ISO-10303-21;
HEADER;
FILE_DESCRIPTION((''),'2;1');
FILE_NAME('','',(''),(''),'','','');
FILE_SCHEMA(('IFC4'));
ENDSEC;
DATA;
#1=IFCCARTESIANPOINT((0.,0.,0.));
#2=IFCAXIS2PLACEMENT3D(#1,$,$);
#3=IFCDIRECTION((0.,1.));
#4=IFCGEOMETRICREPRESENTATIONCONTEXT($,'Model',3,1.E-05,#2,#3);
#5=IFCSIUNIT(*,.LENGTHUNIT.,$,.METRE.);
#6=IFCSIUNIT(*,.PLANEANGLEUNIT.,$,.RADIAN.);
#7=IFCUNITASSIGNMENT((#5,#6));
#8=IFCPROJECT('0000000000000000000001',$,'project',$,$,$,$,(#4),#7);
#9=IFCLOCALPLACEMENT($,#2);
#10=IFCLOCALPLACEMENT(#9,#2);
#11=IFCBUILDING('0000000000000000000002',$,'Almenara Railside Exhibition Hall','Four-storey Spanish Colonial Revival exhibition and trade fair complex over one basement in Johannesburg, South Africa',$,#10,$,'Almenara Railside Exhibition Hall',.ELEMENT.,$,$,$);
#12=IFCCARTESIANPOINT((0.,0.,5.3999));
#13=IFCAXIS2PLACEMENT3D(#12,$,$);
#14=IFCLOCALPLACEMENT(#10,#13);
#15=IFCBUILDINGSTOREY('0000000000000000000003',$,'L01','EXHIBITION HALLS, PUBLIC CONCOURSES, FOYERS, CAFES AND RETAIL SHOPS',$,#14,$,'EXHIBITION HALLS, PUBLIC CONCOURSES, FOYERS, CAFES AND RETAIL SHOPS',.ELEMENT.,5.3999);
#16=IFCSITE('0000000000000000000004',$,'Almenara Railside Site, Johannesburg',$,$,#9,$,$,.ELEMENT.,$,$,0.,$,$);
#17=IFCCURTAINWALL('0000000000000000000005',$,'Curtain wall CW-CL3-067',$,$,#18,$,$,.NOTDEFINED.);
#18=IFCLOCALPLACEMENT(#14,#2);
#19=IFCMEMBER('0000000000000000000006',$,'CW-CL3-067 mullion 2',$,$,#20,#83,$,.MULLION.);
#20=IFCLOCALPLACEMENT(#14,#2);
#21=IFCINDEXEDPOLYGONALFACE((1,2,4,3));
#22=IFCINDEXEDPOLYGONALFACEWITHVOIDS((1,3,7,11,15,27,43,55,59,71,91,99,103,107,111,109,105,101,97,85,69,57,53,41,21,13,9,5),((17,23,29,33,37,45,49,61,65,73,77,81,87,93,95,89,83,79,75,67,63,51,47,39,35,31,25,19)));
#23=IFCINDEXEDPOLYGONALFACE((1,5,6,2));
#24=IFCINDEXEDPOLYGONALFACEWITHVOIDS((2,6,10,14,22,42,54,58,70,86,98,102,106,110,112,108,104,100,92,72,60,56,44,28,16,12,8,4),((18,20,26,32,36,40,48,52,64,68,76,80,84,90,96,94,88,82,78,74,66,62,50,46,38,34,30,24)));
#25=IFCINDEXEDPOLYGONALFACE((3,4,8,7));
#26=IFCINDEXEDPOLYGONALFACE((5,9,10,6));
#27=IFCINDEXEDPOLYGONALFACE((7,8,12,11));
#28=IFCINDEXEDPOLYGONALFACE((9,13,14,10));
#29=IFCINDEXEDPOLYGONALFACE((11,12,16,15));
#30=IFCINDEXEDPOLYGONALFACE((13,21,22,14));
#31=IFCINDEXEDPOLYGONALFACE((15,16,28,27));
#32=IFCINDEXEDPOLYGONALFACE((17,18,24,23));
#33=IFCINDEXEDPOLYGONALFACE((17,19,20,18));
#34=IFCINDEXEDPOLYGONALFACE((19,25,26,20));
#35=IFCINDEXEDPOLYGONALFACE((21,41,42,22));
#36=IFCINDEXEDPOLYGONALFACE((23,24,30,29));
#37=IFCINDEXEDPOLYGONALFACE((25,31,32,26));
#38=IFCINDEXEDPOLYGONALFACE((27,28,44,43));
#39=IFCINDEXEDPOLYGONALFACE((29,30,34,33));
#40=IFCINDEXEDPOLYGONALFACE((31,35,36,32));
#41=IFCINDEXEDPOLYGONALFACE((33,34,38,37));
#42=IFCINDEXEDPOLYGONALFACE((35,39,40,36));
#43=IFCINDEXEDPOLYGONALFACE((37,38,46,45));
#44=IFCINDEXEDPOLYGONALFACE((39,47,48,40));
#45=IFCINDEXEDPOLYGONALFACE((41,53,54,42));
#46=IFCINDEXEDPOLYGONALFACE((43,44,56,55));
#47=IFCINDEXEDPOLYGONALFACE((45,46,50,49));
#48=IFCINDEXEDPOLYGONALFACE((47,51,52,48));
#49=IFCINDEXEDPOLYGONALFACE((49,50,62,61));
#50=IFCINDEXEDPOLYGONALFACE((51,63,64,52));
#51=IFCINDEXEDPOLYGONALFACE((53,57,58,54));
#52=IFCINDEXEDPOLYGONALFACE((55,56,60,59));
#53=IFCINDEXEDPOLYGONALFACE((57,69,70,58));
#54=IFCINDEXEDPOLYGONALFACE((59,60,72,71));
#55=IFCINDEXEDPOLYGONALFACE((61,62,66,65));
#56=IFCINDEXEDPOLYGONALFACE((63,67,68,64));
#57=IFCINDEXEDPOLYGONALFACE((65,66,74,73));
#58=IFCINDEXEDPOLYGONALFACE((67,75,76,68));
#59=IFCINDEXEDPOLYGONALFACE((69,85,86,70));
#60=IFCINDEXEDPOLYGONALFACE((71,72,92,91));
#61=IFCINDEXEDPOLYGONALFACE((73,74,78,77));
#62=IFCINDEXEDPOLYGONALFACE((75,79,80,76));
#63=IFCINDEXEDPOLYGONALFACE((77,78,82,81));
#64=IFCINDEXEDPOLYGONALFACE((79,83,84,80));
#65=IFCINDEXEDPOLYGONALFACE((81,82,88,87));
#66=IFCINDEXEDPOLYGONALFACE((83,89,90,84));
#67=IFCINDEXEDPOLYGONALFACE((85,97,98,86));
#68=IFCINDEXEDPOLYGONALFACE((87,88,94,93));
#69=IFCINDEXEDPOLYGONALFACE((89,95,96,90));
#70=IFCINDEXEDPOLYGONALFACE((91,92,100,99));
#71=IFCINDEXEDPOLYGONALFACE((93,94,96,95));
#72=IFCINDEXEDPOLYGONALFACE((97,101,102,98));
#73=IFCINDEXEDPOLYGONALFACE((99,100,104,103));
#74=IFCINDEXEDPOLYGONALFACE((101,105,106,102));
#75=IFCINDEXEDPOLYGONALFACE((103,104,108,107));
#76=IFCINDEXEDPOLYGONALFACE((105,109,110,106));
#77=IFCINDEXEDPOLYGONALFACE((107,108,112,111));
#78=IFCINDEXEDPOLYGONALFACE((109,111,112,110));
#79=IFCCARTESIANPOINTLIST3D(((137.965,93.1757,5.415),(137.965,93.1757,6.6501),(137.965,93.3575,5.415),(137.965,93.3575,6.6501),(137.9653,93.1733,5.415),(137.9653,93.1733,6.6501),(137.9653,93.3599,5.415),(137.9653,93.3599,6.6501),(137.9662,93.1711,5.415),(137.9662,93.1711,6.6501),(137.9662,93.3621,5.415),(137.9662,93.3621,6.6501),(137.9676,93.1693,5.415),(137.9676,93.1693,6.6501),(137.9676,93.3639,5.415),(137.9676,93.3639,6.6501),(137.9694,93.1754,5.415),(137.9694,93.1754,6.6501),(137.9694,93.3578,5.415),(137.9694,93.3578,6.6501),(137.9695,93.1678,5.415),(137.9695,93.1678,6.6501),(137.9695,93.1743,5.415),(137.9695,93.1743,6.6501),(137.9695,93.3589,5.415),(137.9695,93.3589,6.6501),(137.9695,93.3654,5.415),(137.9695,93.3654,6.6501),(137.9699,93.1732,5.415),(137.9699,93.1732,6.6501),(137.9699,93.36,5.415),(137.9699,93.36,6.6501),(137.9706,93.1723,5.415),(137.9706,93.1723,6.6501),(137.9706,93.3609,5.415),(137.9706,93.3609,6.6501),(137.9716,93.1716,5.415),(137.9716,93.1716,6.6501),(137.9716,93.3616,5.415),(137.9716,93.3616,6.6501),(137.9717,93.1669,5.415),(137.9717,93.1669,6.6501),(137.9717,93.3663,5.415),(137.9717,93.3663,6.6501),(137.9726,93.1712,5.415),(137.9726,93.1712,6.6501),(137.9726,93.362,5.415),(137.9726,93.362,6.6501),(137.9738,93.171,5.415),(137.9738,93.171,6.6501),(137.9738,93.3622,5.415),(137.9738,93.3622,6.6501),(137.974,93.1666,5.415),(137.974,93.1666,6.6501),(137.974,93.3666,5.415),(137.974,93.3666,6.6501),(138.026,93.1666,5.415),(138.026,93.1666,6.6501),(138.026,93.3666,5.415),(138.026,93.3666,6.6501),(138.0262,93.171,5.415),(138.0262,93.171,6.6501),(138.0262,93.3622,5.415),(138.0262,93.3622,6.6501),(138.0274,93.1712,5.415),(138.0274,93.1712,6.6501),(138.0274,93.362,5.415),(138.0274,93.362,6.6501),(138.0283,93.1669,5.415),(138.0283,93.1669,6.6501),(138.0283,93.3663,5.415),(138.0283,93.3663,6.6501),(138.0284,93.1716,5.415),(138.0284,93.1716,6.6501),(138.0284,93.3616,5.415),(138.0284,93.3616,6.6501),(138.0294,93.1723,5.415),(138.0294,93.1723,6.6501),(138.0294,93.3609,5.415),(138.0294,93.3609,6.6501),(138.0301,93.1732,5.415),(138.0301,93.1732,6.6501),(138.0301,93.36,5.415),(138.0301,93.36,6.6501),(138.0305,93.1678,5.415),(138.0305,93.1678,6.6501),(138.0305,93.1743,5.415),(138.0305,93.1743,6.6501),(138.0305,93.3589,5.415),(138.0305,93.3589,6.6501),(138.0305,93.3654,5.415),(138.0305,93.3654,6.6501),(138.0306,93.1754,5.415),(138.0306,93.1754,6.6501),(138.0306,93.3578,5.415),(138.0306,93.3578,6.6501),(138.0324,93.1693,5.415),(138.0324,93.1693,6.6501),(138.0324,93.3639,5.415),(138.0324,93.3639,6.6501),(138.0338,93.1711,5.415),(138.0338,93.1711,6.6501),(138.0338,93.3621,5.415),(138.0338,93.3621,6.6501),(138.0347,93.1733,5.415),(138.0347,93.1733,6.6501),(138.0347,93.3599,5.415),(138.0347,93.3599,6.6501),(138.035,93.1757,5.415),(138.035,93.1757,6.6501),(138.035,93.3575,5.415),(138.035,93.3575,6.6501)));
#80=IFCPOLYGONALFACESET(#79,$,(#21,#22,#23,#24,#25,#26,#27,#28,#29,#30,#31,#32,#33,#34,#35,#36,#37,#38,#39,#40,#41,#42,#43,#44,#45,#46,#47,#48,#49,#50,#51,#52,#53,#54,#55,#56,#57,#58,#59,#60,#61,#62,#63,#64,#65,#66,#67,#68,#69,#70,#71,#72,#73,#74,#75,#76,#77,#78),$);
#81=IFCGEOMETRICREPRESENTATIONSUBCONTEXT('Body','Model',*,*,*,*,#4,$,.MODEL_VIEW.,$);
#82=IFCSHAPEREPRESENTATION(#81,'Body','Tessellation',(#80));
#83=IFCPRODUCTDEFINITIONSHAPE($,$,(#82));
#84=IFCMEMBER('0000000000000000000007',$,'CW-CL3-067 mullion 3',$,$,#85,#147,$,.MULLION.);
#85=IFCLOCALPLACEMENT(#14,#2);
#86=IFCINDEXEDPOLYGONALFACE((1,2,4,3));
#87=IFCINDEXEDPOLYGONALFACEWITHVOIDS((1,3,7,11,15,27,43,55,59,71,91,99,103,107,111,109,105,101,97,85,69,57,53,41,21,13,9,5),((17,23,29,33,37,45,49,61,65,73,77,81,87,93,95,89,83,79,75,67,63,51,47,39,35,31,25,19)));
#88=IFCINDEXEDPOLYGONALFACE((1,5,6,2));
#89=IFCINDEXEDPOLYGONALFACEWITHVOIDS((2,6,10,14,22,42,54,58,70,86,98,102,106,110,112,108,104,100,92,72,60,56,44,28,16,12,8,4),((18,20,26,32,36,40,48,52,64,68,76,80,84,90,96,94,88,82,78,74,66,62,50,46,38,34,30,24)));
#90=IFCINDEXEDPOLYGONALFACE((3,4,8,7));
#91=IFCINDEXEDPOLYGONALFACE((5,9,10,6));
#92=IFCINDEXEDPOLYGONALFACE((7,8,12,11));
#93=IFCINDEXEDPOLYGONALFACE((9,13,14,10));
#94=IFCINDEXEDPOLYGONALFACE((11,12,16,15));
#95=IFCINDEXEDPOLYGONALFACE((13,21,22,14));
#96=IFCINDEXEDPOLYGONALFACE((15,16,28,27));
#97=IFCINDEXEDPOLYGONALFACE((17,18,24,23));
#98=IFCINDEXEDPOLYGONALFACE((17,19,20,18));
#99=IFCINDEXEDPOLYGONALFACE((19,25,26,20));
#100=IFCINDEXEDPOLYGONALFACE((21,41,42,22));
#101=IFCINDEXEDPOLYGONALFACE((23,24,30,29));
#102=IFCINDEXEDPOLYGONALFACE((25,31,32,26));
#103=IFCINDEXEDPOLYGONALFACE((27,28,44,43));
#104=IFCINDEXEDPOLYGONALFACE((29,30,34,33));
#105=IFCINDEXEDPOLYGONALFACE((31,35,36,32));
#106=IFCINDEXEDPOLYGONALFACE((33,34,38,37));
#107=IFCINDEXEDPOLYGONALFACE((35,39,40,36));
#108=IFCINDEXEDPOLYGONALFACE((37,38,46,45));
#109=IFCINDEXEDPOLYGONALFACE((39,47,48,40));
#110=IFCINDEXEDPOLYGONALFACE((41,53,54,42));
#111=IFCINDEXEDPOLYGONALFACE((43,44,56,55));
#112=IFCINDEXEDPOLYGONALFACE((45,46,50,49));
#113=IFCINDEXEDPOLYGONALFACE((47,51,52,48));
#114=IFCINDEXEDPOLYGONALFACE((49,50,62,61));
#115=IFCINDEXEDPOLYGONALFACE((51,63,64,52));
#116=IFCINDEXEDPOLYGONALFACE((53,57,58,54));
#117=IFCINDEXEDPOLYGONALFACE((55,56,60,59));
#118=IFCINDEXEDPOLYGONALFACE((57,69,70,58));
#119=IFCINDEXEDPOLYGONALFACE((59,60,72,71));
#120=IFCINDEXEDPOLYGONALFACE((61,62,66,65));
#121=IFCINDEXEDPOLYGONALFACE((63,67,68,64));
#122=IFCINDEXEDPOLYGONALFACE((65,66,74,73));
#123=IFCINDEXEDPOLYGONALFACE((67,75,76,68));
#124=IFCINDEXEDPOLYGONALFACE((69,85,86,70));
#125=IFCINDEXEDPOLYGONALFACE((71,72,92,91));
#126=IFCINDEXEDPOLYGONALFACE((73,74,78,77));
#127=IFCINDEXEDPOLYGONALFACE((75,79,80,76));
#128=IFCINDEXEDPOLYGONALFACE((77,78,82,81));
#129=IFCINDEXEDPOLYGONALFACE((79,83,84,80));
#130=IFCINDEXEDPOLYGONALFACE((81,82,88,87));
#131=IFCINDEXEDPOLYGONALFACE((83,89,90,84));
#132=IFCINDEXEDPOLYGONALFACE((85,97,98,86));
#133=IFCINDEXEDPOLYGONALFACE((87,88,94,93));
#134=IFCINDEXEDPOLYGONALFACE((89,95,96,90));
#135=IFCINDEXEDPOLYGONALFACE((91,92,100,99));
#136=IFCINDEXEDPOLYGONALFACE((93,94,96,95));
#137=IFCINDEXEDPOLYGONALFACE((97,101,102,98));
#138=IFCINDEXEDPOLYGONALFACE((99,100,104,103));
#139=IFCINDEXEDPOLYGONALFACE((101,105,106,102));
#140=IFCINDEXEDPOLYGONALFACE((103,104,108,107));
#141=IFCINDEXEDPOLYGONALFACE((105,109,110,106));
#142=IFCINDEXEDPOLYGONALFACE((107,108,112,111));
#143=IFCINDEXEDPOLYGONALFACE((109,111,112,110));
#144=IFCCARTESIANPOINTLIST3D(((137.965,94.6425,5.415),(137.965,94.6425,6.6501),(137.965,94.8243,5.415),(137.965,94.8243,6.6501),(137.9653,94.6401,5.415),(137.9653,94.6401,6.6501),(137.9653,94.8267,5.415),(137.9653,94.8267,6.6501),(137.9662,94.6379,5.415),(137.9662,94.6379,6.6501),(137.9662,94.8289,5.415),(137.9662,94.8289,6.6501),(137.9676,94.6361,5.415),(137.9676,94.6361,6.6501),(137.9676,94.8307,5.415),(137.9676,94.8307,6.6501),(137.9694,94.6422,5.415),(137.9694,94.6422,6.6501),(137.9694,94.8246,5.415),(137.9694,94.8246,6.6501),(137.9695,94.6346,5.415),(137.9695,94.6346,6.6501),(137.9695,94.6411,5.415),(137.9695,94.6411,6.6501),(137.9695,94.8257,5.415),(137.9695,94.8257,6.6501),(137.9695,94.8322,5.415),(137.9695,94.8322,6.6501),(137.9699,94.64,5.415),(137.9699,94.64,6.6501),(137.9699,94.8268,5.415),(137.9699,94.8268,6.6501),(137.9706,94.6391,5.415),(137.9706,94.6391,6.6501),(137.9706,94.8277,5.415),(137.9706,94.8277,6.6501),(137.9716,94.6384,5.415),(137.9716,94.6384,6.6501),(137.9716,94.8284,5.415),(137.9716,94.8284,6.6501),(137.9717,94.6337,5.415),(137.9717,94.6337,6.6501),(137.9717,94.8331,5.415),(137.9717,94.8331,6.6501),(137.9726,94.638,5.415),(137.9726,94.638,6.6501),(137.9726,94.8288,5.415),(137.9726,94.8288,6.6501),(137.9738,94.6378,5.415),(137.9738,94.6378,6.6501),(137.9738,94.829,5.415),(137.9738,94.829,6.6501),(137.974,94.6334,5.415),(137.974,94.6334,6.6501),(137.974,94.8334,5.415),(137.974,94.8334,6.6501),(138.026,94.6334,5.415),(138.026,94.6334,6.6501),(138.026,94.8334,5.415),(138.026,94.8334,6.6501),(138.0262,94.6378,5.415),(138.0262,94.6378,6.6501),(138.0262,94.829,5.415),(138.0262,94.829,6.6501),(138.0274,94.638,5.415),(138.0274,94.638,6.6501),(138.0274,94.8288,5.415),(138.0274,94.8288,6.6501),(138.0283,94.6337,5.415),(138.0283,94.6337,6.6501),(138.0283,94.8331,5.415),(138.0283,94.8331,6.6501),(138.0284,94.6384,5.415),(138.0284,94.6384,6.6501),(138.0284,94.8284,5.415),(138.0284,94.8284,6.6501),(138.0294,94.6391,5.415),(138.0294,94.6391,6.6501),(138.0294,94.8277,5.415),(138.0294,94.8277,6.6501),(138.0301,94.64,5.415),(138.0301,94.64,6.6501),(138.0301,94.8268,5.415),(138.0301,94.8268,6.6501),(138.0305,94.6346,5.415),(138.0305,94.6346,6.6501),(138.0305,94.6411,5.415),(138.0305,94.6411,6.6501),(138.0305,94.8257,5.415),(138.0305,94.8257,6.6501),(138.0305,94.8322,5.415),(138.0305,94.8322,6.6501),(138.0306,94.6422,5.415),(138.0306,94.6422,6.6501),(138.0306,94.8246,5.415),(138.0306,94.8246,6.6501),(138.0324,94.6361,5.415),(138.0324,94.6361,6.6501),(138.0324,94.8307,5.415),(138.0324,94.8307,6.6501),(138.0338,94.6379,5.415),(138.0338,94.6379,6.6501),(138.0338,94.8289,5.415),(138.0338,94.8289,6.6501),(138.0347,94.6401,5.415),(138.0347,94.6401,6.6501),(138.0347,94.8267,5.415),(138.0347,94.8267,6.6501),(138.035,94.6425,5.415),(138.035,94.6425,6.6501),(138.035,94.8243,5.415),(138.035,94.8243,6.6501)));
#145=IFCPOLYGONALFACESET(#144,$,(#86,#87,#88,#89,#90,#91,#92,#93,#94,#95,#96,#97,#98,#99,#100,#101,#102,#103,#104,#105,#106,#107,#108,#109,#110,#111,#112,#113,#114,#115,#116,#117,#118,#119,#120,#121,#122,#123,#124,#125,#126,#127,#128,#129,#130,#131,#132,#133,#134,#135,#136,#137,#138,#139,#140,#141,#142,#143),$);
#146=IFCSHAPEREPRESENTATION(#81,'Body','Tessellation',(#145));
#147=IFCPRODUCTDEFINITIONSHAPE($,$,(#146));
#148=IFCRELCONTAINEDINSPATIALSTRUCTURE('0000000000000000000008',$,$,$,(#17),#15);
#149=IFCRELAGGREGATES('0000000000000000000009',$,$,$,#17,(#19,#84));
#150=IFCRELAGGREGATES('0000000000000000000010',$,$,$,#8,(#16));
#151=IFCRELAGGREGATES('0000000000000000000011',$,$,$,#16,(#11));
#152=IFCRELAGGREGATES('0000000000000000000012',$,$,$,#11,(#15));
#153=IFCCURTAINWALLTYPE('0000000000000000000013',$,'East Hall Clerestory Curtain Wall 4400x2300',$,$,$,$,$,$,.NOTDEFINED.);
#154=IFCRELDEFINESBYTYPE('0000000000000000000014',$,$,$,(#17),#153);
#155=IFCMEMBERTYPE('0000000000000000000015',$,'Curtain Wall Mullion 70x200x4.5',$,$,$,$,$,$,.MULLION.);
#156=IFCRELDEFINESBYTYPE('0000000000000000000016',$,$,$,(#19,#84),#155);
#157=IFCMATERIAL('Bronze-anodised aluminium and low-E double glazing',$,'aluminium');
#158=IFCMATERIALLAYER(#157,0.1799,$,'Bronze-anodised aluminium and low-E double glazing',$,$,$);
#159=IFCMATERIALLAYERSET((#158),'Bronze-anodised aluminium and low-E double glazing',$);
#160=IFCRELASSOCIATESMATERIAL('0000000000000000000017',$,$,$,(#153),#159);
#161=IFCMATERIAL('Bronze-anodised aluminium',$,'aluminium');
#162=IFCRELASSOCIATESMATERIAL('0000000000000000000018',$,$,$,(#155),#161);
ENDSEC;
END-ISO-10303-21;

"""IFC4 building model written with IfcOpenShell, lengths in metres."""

from ifc_helpers import new_model, si_unit, direction, frame, origin, origin_2d, place, context, subcontext, project, spatial, hollow_rectangle, extrude, material, layer, layer_set, material_profile, profile_set, type_object, element, aggregate, save


model = new_model("IFC4")

# Units and contexts
model_context = context("Model", 3, precision=1e-05, world=origin(), true_north=direction((0.0, 1.0)))
body_context = subcontext(model_context, "Body", "Model", "MODEL_VIEW")
ifc_project = project(units=[si_unit("LENGTHUNIT", "METRE"), si_unit("PLANEANGLEUNIT", "RADIAN")], contexts=[model_context])

# Site, building, storey
site_placement = place(None, origin())
site = spatial("IfcSite", under=ifc_project, at=site_placement, Name="Almenara Railside Site, Johannesburg", CompositionType="ELEMENT", RefElevation=0.0)
building_placement = place(site_placement, origin())
building = spatial("IfcBuilding", under=site, at=building_placement, Name="Almenara Railside Exhibition Hall", Description="Four-storey Spanish Colonial Revival exhibition and trade fair complex over one basement in Johannesburg, South Africa", LongName="Almenara Railside Exhibition Hall", CompositionType="ELEMENT")
storey_placement = place(building_placement, frame((0.0, 0.0, 5.3999)))
storey = spatial("IfcBuildingStorey", under=building, at=storey_placement, Name="L01", Description="EXHIBITION HALLS, PUBLIC CONCOURSES, FOYERS, CAFES AND RETAIL SHOPS", LongName="EXHIBITION HALLS, PUBLIC CONCOURSES, FOYERS, CAFES AND RETAIL SHOPS", CompositionType="ELEMENT", Elevation=5.3999)

# Shared definitions
ifc_material_1 = material(Name="Bronze-anodised aluminium and low-E double glazing", Category="aluminium")
ifc_material_2 = material(Name="Bronze-anodised aluminium", Category="aluminium")

# Curtain wall, members
ifc_layer_1 = layer(ifc_material_1, 0.1799, Name="Bronze-anodised aluminium and low-E double glazing")
ifc_layer_set_1 = layer_set([ifc_layer_1], Name="Bronze-anodised aluminium and low-E double glazing")
curtain_wall_type_1 = type_object("IfcCurtainWallType", Name="East Hall Clerestory Curtain Wall 4400x2300", PredefinedType="NOTDEFINED", material=ifc_layer_set_1)
curtain_wall_1_placement = place(storey_placement, origin())
curtain_wall_1 = element("IfcCurtainWall", 1, at=curtain_wall_1_placement, inside=storey, type_object=curtain_wall_type_1, Name="Curtain wall CW-CL3-067", PredefinedType="NOTDEFINED")
ifc_material_profile_1 = material_profile(ifc_material_2, hollow_rectangle(XDim=0.0701, YDim=0.2, WallThickness=0.0044, InnerFilletRadius=0.0044, OuterFilletRadius=0.009, at=origin_2d()), Name="ALU-MUL 70x200x4.5")
ifc_profile_set_1 = profile_set([ifc_material_profile_1], Name="Bronze-anodised aluminium")
member_type_1 = type_object("IfcMemberType", Name="Curtain Wall Mullion 70x200x4.5", PredefinedType="MULLION", material=ifc_profile_set_1)
member_1_placement = place(storey_placement, frame((138.0, 93.2666, 5.415), z_axis=(0.0, 0.0, 1.0), x_axis=(-1.0, 0.0, 0.0)))
member_1 = element("IfcMember", 2, at=member_1_placement, type_object=member_type_1, Name="CW-CL3-067 mullion 2", PredefinedType="MULLION", context=body_context, shape_type="SweptSolid", body=[
    extrude(hollow_rectangle(XDim=0.0701, YDim=0.2, WallThickness=0.0044, InnerFilletRadius=0.0044, OuterFilletRadius=0.009, at=origin_2d()), origin(), (0.0, 0.0, 1.0), 1.2351),
])
member_2_placement = place(storey_placement, frame((138.0, 94.7334, 5.415), z_axis=(0.0, 0.0, 1.0), x_axis=(-1.0, 0.0, 0.0)))
member_2 = element("IfcMember", 3, at=member_2_placement, type_object=member_type_1, Name="CW-CL3-067 mullion 3", PredefinedType="MULLION", context=body_context, shape_type="SweptSolid", body=[
    extrude(hollow_rectangle(XDim=0.0701, YDim=0.2, WallThickness=0.0044, InnerFilletRadius=0.0044, OuterFilletRadius=0.009, at=origin_2d()), origin(), (0.0, 0.0, 1.0), 1.2351),
])

aggregate(curtain_wall_1, [member_1, member_2])

save(model, "model.ifc")
